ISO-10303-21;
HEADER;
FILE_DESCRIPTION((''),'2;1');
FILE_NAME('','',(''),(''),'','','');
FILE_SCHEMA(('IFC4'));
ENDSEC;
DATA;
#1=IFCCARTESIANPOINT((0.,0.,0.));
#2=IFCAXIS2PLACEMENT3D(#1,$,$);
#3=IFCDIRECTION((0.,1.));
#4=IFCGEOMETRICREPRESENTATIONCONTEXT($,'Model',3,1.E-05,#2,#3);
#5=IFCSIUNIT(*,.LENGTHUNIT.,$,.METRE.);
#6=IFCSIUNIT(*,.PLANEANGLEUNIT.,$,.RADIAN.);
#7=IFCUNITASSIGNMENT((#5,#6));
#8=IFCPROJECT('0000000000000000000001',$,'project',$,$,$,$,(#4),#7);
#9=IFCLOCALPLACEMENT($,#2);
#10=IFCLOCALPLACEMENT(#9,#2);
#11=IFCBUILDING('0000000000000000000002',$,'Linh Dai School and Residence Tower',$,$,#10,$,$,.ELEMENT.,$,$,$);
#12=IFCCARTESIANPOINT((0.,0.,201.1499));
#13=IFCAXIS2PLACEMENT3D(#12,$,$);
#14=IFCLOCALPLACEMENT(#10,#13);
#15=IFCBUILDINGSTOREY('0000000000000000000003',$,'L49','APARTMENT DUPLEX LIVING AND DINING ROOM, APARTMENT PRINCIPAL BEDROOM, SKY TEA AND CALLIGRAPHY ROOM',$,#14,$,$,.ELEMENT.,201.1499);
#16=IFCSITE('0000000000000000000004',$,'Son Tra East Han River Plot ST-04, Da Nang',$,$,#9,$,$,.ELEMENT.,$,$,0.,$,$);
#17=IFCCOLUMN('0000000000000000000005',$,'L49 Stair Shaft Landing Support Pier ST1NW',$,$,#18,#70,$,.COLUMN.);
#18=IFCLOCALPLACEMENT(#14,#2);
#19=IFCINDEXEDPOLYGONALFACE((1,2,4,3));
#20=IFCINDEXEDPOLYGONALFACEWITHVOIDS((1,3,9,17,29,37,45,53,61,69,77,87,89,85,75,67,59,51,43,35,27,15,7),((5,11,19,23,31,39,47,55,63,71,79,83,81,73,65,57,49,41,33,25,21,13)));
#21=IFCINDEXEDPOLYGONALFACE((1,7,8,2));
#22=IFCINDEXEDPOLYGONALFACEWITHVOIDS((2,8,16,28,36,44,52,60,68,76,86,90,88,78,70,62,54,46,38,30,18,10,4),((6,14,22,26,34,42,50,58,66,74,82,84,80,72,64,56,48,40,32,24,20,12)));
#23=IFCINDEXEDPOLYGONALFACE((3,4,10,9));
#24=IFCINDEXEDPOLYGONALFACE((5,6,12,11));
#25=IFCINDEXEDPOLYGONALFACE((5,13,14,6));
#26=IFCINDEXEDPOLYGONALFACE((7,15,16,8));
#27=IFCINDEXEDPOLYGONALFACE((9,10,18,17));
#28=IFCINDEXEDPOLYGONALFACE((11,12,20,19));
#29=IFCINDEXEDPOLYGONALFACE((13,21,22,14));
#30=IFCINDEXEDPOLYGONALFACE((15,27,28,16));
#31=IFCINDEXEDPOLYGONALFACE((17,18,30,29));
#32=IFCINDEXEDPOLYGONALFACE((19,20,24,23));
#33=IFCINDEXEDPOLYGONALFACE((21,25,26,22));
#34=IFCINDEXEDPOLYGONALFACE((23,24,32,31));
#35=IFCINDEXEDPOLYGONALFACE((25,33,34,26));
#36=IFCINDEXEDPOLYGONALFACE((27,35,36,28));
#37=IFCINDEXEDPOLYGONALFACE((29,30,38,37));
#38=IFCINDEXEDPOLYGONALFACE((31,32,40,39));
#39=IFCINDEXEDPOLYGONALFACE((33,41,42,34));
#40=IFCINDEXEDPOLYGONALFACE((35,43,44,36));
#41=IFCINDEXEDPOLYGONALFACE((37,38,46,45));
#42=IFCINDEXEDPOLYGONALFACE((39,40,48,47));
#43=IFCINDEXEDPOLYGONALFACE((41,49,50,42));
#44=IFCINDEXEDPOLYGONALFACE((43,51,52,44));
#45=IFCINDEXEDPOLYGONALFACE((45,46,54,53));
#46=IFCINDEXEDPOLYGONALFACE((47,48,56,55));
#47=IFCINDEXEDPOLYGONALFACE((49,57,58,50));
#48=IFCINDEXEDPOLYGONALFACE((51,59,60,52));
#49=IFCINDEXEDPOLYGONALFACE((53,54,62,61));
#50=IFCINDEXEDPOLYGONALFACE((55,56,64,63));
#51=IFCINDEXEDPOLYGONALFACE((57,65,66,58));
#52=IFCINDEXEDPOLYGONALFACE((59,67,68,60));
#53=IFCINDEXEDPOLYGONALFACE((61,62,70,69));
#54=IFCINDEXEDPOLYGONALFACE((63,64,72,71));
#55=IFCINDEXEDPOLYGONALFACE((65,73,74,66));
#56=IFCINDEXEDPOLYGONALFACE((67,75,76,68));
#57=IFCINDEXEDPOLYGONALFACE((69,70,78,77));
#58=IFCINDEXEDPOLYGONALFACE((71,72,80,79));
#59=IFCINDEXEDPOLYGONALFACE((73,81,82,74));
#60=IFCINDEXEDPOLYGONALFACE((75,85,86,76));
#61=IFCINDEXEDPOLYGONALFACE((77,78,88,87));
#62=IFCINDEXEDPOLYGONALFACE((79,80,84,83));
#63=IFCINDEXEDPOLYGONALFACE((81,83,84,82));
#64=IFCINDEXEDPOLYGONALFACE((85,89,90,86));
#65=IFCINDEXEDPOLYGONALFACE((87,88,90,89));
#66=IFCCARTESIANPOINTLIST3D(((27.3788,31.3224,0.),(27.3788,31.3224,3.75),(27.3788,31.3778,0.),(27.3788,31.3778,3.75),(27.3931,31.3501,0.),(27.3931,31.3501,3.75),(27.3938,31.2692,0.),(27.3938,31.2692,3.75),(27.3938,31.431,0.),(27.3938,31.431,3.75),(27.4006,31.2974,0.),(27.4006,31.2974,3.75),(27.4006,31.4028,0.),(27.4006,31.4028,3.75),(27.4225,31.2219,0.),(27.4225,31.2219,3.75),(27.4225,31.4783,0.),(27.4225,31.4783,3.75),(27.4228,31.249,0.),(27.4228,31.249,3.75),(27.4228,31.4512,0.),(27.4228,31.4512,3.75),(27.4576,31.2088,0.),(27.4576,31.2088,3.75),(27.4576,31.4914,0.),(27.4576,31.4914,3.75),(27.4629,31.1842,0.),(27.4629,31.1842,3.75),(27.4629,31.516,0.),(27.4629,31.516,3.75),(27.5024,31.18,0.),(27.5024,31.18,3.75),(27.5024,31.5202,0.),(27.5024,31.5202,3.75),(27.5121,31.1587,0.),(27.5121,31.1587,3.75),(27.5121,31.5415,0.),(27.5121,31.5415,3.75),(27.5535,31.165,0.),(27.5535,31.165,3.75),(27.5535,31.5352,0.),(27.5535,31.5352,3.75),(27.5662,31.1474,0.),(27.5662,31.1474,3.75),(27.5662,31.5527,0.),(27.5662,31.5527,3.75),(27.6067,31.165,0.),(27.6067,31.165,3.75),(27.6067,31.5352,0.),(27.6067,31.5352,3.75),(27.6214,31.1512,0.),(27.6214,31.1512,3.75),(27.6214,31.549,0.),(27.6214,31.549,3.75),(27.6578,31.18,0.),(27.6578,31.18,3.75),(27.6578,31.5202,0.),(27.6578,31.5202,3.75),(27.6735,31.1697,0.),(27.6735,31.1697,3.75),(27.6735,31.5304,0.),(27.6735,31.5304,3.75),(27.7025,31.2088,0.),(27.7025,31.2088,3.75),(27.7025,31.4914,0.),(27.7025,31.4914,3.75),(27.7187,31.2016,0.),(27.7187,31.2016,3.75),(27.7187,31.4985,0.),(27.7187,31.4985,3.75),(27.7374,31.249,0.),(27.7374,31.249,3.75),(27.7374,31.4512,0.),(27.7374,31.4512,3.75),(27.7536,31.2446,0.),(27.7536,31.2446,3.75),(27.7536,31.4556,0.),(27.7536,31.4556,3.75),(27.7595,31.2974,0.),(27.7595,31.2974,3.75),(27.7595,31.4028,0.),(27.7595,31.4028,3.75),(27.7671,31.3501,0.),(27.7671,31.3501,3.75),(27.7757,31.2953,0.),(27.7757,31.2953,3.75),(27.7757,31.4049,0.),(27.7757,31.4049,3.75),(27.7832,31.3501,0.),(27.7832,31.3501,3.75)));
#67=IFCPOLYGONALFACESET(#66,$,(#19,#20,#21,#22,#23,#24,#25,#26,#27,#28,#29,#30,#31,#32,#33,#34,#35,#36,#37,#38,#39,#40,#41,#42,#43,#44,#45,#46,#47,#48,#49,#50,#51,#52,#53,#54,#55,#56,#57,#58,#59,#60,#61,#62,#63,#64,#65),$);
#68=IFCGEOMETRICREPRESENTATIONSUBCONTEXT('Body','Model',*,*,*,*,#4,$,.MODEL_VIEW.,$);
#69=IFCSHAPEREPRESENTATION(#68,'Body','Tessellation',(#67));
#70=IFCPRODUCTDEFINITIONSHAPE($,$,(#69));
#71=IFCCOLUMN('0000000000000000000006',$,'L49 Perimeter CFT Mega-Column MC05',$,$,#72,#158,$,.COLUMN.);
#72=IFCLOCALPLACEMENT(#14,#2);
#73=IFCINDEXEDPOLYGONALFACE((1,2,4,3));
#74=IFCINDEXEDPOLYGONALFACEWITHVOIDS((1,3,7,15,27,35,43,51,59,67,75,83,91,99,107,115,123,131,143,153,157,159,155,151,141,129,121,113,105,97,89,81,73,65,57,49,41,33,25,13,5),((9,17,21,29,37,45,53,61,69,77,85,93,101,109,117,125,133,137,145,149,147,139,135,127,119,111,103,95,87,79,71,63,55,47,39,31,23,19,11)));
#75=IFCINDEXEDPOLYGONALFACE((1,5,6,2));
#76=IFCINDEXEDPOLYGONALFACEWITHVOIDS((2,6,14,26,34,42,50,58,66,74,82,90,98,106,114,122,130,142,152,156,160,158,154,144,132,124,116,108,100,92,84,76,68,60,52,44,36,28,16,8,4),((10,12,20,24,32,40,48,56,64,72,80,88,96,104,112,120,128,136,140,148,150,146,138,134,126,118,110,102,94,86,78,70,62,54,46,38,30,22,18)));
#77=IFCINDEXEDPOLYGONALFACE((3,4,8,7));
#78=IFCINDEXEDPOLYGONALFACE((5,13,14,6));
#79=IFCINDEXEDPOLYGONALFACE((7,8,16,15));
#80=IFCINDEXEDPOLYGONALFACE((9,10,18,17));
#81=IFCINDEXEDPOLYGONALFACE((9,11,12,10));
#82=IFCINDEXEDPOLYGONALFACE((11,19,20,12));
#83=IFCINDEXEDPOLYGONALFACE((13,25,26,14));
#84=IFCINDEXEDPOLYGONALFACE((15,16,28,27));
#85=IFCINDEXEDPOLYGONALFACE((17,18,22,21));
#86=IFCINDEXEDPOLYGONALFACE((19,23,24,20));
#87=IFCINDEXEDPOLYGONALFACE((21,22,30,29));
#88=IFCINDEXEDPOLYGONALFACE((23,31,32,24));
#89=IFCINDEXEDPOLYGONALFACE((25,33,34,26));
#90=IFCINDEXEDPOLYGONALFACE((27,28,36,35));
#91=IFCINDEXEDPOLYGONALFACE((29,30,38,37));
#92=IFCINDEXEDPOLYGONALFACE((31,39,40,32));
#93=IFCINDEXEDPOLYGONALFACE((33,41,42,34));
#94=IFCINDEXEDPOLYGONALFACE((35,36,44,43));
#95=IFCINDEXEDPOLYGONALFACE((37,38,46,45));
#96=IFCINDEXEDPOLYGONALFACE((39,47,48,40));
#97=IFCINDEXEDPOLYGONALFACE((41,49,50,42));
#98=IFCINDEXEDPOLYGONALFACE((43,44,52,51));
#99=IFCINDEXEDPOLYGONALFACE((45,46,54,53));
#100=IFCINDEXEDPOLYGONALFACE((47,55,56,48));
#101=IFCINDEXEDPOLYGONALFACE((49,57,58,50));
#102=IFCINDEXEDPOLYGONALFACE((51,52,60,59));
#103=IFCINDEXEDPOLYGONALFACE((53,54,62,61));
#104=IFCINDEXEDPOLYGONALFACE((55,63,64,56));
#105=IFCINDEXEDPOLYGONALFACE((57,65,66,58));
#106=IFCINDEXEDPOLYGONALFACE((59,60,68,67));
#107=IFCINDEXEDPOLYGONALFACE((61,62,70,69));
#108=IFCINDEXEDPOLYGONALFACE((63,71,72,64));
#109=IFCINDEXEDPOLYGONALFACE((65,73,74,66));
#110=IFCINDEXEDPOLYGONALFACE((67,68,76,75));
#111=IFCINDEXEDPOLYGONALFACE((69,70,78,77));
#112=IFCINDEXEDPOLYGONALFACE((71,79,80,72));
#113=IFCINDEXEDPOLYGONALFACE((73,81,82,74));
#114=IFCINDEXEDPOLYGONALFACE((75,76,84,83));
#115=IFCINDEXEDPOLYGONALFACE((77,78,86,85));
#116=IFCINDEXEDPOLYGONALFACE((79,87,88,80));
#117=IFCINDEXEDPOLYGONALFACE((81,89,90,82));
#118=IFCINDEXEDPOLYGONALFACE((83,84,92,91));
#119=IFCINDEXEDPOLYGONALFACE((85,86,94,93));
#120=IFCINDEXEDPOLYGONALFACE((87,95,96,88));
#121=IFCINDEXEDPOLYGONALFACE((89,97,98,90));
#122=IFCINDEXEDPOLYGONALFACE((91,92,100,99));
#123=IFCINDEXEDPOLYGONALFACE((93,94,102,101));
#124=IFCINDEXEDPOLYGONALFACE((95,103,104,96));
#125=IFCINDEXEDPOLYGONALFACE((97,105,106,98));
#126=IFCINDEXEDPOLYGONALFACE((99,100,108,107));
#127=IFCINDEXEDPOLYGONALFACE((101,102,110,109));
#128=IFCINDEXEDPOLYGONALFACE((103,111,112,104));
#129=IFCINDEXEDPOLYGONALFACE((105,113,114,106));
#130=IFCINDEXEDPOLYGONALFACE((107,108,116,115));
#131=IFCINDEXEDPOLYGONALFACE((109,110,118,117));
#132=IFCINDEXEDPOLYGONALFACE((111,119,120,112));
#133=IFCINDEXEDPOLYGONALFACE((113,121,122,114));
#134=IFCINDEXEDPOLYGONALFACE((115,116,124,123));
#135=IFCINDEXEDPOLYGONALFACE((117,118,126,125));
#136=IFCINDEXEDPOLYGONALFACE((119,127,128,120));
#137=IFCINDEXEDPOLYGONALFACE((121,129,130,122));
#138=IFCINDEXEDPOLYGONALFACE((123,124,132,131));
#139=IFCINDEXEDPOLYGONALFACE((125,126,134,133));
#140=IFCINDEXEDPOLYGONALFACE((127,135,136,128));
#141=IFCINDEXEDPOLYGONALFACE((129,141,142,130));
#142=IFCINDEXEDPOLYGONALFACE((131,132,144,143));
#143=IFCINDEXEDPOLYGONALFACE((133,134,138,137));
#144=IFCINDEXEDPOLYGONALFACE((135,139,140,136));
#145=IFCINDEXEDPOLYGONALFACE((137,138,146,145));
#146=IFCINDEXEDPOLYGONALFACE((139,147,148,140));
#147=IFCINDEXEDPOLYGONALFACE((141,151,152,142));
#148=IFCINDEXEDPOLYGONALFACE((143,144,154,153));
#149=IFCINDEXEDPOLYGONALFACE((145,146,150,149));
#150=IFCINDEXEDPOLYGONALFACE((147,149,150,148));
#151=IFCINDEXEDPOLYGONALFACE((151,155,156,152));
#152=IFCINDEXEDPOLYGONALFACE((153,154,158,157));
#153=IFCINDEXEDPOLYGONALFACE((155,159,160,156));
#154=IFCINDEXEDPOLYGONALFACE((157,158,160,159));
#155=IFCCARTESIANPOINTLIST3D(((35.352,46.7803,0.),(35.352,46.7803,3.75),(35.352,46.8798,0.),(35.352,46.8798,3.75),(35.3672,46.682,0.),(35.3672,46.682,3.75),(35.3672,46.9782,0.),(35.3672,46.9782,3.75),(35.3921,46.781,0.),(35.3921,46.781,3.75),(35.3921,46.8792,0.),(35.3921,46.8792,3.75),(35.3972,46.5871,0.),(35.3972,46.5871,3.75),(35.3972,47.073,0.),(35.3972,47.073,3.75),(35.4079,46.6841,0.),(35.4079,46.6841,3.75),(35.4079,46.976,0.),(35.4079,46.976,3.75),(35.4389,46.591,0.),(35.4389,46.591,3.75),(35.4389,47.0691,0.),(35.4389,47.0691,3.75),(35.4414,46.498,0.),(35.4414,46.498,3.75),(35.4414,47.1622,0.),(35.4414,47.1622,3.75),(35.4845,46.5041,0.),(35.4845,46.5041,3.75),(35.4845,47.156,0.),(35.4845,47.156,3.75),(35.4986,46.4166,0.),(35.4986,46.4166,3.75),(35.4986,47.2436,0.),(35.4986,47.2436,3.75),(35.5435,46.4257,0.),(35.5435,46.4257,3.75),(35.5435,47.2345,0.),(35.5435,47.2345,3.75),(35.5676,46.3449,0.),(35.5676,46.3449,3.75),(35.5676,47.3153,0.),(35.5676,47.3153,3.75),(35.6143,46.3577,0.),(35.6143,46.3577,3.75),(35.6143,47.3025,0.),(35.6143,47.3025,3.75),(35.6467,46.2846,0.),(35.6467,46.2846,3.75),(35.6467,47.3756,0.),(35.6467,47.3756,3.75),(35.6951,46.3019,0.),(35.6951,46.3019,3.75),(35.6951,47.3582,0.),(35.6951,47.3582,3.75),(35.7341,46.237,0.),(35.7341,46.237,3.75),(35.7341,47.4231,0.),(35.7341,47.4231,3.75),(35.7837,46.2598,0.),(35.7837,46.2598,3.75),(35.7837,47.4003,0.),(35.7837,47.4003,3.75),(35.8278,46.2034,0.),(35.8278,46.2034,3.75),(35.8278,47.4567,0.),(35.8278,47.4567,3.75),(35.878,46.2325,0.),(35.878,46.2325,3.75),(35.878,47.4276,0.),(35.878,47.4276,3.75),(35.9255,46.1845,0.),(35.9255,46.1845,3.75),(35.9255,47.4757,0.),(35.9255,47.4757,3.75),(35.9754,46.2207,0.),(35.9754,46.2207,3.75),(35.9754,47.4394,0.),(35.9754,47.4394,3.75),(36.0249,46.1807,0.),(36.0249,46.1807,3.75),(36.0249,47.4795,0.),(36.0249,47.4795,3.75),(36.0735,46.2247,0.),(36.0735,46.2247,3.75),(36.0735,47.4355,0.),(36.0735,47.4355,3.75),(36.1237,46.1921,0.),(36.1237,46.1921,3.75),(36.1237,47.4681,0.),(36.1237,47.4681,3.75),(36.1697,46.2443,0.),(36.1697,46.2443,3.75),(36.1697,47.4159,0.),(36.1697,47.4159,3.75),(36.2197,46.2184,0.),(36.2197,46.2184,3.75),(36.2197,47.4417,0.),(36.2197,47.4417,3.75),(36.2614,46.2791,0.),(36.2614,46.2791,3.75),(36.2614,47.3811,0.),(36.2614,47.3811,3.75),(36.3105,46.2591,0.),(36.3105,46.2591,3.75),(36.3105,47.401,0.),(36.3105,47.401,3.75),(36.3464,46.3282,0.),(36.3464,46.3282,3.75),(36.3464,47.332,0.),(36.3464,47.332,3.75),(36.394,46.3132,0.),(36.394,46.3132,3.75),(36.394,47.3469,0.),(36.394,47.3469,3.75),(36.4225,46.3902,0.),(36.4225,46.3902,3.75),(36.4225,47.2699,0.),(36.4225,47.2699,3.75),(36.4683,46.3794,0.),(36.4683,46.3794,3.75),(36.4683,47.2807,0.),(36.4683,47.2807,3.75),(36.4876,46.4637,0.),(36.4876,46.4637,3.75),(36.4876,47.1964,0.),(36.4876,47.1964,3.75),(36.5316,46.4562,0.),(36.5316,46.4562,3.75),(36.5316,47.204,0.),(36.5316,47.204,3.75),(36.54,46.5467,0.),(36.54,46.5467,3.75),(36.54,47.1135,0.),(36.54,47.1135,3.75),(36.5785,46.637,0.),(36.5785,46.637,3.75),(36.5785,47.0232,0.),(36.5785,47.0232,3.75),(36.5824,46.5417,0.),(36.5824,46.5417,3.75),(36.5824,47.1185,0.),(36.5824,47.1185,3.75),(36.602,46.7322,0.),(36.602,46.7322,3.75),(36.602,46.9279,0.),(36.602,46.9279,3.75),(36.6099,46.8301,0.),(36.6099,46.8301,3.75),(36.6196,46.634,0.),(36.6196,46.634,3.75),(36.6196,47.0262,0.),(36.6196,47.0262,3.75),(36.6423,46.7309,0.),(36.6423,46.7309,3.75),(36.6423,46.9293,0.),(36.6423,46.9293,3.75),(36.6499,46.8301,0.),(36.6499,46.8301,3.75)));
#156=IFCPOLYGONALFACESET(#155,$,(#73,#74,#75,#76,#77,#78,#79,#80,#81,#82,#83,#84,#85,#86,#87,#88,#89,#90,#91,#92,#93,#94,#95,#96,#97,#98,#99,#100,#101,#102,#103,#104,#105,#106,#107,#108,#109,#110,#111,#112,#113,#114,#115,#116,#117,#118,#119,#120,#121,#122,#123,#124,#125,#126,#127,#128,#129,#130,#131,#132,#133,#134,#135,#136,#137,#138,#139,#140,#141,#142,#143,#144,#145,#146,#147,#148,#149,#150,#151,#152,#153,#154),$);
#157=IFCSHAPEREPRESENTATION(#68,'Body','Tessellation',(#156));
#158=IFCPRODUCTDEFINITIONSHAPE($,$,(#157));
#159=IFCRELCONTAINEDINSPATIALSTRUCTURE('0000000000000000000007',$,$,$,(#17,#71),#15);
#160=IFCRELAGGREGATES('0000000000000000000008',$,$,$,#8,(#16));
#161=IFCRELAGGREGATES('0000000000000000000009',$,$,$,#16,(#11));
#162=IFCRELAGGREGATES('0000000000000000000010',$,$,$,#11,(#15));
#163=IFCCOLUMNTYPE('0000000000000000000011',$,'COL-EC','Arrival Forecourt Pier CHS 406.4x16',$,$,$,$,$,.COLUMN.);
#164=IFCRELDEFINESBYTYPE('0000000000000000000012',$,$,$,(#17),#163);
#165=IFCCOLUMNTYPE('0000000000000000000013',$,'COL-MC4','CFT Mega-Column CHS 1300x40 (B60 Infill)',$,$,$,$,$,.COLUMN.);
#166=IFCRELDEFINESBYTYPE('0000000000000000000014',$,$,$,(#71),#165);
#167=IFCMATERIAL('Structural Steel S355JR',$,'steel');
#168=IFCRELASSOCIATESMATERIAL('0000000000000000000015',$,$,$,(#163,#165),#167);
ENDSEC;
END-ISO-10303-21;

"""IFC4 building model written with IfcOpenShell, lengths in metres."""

from ifc_helpers import new_model, si_unit, direction, frame, origin, origin_2d, place, context, subcontext, project, spatial, hollow_circle, extrude, material, material_profile, profile_set, type_object, element, save


model = new_model("IFC4")

# Units and contexts
model_context = context("Model", 3, precision=1e-05, world=origin(), true_north=direction((0.0, 1.0)))
body_context = subcontext(model_context, "Body", "Model", "MODEL_VIEW")
ifc_project = project(units=[si_unit("LENGTHUNIT", "METRE"), si_unit("PLANEANGLEUNIT", "RADIAN")], contexts=[model_context])

# Site, building, storey
site_placement = place(None, origin())
site = spatial("IfcSite", under=ifc_project, at=site_placement, Name="Son Tra East Han River Plot ST-04, Da Nang", CompositionType="ELEMENT", RefElevation=0.0)
building_placement = place(site_placement, origin())
building = spatial("IfcBuilding", under=site, at=building_placement, Name="Linh Dai School and Residence Tower", CompositionType="ELEMENT")
storey_placement = place(building_placement, frame((0.0, 0.0, 201.1499)))
storey = spatial("IfcBuildingStorey", under=building, at=storey_placement, Name="L49", Description="APARTMENT DUPLEX LIVING AND DINING ROOM, APARTMENT PRINCIPAL BEDROOM, SKY TEA AND CALLIGRAPHY ROOM", CompositionType="ELEMENT", Elevation=201.1499)

# Columns
ifc_material_1 = material(Name="Structural Steel S355JR", Category="steel")
ifc_material_profile_1 = material_profile(ifc_material_1, hollow_circle(Radius=0.2031, WallThickness=0.0161, at=origin_2d()), Name="CHS 406.4x16")
ifc_profile_set_1 = profile_set([ifc_material_profile_1], Name="Structural Steel S355JR")
column_type_1 = type_object("IfcColumnType", Name="COL-EC", Description="Arrival Forecourt Pier CHS 406.4x16", PredefinedType="COLUMN", material=ifc_profile_set_1)
column_1_placement = place(storey_placement, frame((27.5801, 31.3501, 0.0), z_axis=(0.0, 0.0, 1.0), x_axis=(1.0, 0.0, 0.0)))
element("IfcColumn", 1, at=column_1_placement, inside=storey, type_object=column_type_1, Name="L49 Stair Shaft Landing Support Pier ST1NW", PredefinedType="COLUMN", context=body_context, shape_type="SweptSolid", body=[
    extrude(hollow_circle(Radius=0.2031, WallThickness=0.0161, at=origin_2d()), origin(), (0.0, 0.0, 1.0), 3.75),
])
ifc_material_profile_2 = material_profile(ifc_material_1, hollow_circle(Radius=0.6499, WallThickness=0.04, at=origin_2d()), Name="CHS 1300x40")
ifc_profile_set_2 = profile_set([ifc_material_profile_2], Name="Structural Steel S355JR")
column_type_2 = type_object("IfcColumnType", Name="COL-MC4", Description="CFT Mega-Column CHS 1300x40 (B60 Infill)", PredefinedType="COLUMN", material=ifc_profile_set_2)
for number, where, z_axis, x_axis, name in (
    (2, (36.0, 46.8301, 0.0), (0.0, 0.0, 1.0), (1.0, 0.0, 0.0), "L49 Perimeter CFT Mega-Column MC05"),
):
    element("IfcColumn", number, at=place(storey_placement, frame(where, z_axis=z_axis, x_axis=x_axis)), inside=storey, type_object=column_type_2, Name=name, PredefinedType="COLUMN", context=body_context, shape_type="SweptSolid", body=[
        extrude(hollow_circle(Radius=0.6499, WallThickness=0.04, at=origin_2d()), origin(), (0.0, 0.0, 1.0), 3.75),
    ])

save(model, "model.ifc")
